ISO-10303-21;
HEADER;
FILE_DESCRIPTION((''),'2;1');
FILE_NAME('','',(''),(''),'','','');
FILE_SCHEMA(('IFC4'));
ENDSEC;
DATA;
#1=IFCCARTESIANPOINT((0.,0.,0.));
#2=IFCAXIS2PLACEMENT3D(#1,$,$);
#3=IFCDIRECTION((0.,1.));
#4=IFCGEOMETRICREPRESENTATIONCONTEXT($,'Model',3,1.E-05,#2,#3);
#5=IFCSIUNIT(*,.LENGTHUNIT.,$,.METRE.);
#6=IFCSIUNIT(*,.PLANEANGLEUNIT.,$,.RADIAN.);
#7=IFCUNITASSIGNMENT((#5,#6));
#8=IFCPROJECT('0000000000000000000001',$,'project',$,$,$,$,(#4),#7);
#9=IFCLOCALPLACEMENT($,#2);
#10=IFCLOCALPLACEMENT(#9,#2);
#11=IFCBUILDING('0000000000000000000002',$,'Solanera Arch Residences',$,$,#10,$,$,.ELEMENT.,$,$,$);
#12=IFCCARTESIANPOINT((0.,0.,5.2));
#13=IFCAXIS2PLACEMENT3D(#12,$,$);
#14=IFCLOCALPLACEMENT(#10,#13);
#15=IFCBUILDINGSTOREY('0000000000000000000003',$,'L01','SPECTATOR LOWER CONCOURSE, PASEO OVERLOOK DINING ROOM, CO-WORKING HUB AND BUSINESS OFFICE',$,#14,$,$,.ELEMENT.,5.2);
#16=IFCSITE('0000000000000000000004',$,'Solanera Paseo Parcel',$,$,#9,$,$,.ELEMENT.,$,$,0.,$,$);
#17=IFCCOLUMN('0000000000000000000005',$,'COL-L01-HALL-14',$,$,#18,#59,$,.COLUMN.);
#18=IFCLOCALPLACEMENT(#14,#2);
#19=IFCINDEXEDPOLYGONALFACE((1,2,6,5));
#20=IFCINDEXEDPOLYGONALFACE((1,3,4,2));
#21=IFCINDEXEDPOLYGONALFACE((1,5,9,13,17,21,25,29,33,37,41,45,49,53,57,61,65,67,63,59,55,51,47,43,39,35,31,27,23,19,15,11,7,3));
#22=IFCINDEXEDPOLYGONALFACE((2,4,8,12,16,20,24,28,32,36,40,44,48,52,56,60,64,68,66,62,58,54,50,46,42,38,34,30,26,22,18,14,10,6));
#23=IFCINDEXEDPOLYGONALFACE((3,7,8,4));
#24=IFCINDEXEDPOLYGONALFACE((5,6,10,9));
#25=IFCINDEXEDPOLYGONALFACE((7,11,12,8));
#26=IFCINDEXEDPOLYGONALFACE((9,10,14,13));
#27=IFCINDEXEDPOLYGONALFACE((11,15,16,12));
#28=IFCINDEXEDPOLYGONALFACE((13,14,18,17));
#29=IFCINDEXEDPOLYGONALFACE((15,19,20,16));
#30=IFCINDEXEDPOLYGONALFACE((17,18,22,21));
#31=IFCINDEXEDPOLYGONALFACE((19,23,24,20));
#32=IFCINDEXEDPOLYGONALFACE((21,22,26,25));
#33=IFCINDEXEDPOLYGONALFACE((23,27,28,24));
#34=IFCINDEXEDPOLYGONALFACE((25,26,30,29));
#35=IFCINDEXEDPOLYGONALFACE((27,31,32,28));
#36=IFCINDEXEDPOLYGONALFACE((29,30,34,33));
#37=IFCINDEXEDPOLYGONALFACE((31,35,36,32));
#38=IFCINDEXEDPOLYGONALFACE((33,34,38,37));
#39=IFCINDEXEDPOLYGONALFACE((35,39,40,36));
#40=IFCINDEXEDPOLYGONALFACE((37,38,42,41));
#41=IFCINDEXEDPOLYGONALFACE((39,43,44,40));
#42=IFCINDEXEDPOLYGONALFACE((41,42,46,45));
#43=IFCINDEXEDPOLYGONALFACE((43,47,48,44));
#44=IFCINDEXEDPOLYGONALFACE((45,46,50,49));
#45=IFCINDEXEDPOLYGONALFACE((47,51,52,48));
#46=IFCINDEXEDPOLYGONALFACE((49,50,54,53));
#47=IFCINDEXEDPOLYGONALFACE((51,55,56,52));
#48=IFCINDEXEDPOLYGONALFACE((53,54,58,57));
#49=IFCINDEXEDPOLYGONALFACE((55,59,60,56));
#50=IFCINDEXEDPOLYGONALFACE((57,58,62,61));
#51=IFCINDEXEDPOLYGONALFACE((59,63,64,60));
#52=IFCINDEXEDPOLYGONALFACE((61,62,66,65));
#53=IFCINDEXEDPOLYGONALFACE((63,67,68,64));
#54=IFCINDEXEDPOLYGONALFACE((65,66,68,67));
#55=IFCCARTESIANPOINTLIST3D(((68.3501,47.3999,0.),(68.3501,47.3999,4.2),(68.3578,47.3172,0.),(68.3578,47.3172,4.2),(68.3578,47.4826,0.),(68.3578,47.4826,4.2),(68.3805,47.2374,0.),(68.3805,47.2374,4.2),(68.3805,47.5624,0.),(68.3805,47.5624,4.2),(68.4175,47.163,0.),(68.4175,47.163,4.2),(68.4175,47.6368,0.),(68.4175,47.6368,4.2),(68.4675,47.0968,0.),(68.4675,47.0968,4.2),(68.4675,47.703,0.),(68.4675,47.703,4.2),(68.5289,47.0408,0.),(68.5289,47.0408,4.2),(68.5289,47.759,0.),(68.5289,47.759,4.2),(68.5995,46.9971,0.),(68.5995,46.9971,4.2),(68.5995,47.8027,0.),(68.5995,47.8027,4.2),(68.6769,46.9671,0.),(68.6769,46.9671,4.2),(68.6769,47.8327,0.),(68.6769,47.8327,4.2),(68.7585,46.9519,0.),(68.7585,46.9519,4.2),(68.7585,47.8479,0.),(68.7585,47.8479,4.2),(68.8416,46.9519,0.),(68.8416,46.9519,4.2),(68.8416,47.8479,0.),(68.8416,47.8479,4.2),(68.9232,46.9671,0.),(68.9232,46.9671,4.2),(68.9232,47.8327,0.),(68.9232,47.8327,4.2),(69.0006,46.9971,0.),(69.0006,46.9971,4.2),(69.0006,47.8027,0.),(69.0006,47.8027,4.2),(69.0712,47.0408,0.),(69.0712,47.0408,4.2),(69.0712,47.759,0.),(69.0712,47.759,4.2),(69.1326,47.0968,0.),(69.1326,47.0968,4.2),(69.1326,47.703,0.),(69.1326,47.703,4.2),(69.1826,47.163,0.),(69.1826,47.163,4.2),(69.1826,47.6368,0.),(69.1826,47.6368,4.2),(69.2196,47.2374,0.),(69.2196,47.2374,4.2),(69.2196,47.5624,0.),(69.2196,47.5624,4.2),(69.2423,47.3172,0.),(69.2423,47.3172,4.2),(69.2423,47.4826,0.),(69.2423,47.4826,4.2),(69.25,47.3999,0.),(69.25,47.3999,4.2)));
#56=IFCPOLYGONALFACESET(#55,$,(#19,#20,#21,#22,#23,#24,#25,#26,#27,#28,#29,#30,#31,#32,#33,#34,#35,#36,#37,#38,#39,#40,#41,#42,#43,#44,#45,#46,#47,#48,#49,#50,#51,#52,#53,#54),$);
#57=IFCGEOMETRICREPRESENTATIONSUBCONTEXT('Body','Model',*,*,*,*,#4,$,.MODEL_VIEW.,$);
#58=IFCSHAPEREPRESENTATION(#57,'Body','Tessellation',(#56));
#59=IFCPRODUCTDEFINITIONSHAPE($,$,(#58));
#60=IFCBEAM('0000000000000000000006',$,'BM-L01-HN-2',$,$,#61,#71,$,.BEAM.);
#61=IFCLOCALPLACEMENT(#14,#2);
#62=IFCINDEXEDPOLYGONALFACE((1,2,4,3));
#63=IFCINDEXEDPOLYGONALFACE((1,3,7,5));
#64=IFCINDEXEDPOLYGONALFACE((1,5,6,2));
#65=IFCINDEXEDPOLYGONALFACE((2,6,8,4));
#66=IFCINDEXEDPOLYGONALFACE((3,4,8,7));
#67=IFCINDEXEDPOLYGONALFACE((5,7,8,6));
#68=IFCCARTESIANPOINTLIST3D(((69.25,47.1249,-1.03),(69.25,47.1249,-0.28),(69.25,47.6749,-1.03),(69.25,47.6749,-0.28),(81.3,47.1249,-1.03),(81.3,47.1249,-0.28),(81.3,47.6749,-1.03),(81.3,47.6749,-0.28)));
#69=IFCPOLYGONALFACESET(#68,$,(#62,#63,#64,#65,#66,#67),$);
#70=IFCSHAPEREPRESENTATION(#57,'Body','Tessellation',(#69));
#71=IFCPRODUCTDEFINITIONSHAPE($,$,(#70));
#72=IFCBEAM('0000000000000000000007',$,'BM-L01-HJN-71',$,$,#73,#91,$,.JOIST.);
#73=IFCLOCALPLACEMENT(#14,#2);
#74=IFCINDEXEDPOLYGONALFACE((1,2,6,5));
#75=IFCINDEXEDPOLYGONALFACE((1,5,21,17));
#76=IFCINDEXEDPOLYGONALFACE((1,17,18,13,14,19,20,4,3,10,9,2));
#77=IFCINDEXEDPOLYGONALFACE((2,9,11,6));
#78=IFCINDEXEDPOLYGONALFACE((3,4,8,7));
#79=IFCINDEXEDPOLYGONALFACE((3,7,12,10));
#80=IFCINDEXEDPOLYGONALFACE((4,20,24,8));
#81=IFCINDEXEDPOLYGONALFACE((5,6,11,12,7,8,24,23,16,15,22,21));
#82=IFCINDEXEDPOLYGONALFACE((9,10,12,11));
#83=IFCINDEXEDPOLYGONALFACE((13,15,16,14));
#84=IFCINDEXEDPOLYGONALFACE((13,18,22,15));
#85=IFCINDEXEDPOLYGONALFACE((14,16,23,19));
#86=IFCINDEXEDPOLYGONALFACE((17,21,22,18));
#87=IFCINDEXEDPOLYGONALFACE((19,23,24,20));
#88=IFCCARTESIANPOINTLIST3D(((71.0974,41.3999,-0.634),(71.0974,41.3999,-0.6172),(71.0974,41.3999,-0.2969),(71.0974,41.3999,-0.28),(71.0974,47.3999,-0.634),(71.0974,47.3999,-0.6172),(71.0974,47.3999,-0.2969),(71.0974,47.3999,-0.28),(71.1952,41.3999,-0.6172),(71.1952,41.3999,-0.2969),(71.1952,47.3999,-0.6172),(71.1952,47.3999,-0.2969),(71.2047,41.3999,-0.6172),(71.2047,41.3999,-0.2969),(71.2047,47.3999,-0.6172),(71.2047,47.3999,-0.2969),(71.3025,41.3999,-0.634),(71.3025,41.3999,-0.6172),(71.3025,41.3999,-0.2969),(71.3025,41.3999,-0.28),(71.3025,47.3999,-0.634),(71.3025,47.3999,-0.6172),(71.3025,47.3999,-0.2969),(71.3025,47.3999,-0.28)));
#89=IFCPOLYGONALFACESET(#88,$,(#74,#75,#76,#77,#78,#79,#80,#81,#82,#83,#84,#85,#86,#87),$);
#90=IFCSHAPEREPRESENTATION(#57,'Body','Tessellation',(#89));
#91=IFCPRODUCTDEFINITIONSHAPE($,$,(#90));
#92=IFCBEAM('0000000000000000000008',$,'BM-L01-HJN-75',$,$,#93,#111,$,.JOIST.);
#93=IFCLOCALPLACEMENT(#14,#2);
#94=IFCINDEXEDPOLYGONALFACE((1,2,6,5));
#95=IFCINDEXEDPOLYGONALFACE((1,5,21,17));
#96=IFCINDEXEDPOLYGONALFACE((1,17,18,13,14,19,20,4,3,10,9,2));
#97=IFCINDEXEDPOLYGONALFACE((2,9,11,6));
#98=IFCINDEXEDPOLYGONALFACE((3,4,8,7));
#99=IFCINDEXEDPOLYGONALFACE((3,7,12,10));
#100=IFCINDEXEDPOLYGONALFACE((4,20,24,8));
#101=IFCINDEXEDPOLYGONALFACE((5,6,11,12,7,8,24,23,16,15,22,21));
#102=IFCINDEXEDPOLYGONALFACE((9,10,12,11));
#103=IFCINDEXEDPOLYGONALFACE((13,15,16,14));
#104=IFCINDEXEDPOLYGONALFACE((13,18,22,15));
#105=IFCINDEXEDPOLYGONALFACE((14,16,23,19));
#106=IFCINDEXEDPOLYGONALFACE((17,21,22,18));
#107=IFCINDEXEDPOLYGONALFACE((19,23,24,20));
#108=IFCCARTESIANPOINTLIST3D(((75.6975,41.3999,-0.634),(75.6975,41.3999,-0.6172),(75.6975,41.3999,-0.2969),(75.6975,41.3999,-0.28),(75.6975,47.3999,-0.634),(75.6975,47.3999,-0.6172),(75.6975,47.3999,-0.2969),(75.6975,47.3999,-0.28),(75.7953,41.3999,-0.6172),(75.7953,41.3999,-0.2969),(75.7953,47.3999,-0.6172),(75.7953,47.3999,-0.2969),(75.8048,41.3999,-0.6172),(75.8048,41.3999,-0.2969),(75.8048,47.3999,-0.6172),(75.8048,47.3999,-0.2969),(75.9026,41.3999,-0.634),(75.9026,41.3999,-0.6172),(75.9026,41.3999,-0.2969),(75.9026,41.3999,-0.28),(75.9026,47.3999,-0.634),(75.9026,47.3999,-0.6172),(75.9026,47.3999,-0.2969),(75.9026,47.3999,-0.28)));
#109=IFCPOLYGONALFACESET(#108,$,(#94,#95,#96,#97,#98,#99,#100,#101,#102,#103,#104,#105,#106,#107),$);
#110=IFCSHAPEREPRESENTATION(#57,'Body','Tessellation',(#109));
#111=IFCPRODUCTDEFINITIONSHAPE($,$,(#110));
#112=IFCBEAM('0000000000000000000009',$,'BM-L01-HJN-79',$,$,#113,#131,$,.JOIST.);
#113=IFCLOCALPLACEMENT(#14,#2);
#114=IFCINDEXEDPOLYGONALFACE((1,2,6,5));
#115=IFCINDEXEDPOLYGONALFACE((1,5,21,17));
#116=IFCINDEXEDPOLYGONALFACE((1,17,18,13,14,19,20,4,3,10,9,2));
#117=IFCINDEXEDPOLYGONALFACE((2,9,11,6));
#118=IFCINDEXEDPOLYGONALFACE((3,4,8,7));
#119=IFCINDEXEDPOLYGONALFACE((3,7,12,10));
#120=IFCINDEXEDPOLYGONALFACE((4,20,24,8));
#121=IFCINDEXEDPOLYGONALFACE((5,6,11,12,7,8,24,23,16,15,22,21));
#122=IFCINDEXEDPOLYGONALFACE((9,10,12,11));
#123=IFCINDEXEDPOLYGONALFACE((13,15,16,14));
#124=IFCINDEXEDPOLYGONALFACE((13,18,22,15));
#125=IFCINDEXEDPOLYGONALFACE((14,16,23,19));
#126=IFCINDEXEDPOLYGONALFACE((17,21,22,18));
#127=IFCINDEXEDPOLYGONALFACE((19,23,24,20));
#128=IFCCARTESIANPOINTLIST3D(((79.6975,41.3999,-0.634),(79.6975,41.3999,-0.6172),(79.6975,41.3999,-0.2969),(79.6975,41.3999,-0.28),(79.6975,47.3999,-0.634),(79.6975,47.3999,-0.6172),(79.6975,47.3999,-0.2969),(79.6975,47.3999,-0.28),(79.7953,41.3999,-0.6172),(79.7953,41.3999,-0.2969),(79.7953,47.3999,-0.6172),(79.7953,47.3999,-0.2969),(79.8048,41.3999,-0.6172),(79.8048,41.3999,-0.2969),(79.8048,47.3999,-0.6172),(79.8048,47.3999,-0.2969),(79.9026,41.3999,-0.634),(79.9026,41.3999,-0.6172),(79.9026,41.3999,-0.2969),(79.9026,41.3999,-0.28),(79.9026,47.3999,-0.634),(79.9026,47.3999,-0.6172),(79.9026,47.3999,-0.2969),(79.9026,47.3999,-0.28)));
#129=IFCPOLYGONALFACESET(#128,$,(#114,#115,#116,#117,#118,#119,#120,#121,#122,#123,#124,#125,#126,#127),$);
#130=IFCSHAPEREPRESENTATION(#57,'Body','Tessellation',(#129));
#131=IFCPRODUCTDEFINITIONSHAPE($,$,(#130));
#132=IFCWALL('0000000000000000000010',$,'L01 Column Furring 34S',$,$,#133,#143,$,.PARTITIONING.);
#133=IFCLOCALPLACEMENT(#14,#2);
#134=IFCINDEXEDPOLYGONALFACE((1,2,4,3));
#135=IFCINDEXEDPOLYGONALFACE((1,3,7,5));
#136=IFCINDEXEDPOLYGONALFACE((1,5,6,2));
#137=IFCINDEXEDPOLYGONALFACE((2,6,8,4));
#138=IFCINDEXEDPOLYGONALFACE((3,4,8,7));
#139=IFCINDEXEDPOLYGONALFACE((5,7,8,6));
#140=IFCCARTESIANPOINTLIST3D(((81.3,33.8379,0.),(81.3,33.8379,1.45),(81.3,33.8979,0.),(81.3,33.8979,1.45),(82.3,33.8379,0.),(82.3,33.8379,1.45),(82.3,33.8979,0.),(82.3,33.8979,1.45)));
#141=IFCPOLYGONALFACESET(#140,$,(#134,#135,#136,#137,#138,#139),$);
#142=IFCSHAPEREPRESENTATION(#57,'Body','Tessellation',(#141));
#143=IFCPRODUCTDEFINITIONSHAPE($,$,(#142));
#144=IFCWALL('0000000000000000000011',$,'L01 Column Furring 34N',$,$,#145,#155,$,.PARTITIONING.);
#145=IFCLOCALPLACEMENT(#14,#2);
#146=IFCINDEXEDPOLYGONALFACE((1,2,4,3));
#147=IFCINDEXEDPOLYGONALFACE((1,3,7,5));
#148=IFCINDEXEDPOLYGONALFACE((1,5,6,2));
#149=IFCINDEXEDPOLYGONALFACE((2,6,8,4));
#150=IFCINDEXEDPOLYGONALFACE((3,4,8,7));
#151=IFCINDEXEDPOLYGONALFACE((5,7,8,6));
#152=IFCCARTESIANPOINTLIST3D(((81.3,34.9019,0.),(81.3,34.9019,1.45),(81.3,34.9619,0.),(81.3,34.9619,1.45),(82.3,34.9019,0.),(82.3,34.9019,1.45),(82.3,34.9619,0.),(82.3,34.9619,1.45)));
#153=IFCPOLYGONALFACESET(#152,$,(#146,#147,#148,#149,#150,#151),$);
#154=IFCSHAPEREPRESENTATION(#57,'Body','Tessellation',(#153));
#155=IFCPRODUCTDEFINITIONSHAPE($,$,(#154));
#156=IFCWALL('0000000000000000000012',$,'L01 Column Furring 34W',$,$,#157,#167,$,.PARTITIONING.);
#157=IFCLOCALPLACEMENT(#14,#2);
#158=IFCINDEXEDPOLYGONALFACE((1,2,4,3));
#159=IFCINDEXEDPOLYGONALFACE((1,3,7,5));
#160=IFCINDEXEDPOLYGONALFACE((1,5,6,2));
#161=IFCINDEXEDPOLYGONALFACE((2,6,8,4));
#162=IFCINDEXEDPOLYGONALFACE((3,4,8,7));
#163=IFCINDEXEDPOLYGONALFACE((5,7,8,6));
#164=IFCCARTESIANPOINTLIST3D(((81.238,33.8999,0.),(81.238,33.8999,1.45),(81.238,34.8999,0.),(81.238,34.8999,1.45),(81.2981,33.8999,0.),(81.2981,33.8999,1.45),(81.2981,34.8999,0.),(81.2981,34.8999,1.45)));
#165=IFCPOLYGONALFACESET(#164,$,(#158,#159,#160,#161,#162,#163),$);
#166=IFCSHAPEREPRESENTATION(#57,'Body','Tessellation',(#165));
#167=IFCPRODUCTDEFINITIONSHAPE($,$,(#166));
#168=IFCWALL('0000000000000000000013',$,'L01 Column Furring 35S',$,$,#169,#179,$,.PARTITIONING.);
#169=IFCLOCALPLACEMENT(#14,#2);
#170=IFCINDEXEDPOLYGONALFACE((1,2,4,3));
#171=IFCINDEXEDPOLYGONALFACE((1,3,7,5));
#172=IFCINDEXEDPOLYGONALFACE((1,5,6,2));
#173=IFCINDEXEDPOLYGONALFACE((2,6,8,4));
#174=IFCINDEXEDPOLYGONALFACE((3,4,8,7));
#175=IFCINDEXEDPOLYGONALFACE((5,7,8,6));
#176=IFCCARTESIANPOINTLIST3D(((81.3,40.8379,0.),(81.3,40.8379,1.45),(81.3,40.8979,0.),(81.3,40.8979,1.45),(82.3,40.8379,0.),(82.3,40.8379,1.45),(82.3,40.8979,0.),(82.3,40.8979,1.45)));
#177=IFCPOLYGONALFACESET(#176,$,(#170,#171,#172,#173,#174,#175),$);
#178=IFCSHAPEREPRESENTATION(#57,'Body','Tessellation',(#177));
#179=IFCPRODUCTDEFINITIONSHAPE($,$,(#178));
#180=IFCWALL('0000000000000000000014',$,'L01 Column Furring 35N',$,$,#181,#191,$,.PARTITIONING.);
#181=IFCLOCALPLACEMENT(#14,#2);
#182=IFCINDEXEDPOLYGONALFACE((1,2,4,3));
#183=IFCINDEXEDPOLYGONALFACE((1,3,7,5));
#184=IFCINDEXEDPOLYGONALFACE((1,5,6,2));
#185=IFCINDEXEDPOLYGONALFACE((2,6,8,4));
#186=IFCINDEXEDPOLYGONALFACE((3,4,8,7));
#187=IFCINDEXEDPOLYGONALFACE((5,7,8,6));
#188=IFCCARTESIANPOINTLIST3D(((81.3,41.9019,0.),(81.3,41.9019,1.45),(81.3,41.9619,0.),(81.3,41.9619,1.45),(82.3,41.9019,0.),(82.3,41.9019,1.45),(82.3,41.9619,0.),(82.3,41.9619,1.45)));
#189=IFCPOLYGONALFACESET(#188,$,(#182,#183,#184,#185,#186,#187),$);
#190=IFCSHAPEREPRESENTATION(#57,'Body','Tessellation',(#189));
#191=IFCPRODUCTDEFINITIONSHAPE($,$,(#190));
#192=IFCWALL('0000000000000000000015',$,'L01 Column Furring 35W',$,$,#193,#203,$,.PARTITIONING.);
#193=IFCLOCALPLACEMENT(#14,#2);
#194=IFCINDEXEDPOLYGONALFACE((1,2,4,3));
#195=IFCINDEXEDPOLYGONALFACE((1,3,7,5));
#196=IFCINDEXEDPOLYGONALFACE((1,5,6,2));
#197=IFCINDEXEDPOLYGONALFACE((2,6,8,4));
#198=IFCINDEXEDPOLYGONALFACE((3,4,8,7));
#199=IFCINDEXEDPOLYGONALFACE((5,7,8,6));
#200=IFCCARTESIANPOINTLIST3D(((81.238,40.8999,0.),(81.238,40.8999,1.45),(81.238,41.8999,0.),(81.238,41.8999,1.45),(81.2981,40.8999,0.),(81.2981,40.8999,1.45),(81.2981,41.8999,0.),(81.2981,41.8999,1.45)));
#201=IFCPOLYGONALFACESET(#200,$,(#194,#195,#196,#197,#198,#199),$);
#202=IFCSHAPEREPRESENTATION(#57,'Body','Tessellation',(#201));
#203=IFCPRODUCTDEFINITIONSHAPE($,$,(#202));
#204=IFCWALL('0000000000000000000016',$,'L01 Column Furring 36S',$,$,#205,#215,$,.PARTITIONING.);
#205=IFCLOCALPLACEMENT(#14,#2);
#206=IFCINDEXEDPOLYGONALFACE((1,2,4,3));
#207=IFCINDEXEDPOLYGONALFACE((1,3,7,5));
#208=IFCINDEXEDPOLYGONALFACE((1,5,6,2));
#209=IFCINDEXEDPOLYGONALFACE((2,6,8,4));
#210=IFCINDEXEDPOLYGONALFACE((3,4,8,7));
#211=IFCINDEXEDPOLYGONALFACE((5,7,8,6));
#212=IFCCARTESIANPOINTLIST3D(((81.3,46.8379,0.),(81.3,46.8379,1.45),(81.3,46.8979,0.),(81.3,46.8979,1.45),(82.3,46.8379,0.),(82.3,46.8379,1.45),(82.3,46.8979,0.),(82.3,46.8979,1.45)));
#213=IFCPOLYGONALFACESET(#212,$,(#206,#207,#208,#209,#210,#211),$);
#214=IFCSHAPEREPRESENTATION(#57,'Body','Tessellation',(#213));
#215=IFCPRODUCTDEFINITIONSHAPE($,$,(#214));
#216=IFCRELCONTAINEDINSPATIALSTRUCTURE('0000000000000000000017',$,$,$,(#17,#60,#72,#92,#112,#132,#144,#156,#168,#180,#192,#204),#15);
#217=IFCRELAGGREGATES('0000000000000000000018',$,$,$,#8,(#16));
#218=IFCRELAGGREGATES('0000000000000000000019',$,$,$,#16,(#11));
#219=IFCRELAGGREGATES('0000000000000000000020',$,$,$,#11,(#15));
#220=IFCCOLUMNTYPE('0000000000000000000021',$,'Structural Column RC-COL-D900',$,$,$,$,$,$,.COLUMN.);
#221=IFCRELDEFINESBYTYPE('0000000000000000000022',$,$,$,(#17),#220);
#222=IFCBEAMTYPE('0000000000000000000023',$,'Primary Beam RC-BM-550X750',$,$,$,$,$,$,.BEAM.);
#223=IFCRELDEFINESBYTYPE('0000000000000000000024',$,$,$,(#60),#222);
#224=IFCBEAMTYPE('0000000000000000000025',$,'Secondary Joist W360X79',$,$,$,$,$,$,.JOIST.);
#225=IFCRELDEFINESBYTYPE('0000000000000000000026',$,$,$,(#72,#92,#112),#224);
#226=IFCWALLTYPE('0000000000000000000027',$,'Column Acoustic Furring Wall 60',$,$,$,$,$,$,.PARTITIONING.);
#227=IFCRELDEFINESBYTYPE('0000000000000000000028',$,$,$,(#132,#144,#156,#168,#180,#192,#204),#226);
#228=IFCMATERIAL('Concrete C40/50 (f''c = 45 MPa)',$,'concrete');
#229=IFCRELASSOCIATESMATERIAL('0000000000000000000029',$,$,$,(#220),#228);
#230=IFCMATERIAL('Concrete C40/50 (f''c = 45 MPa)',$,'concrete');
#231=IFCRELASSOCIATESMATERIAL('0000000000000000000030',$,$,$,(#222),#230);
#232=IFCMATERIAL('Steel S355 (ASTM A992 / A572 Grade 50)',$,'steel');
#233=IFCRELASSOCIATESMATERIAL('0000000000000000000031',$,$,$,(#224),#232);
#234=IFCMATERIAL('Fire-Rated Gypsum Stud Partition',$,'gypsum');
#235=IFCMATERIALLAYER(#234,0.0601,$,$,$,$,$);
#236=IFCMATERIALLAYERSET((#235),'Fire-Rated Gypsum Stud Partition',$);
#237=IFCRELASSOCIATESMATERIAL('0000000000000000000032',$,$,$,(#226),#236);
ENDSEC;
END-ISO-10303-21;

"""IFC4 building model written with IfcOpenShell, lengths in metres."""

from ifc_helpers import new_model, si_unit, direction, frame, frame_2d, origin, origin_2d, place, context, subcontext, project, spatial, rectangle, circle, i_section, extrude, material, layer, layer_set, material_profile, profile_set, type_object, element, save


model = new_model("IFC4")

# Units and contexts
model_context = context("Model", 3, precision=1e-05, world=origin(), true_north=direction((0.0, 1.0)))
body_context = subcontext(model_context, "Body", "Model", "MODEL_VIEW")
ifc_project = project(units=[si_unit("LENGTHUNIT", "METRE"), si_unit("PLANEANGLEUNIT", "RADIAN")], contexts=[model_context])

# Site, building, storey
site_placement = place(None, origin())
site = spatial("IfcSite", under=ifc_project, at=site_placement, Name="Solanera Paseo Parcel", CompositionType="ELEMENT", RefElevation=0.0)
building_placement = place(site_placement, origin())
building = spatial("IfcBuilding", under=site, at=building_placement, Name="Solanera Arch Residences", CompositionType="ELEMENT")
storey_placement = place(building_placement, frame((0.0, 0.0, 5.2)))
storey = spatial("IfcBuildingStorey", under=building, at=storey_placement, Name="L01", Description="SPECTATOR LOWER CONCOURSE, PASEO OVERLOOK DINING ROOM, CO-WORKING HUB AND BUSINESS OFFICE", CompositionType="ELEMENT", Elevation=5.2)

# Column
ifc_material_1 = material(Name="Concrete C40/50 (f'c = 45 MPa)", Category="concrete")
ifc_material_profile_1 = material_profile(ifc_material_1, circle(Radius=0.45, at=origin_2d()))
ifc_profile_set_1 = profile_set([ifc_material_profile_1], Name="Concrete C40/50 (f'c = 45 MPa)")
column_type = type_object("IfcColumnType", Name="Structural Column RC-COL-D900", PredefinedType="COLUMN", material=ifc_profile_set_1)
column_placement = place(storey_placement, frame((68.8, 47.3999, 0.0), z_axis=(0.0, 0.0, 1.0), x_axis=(1.0, 0.0, 0.0)))
element("IfcColumn", 1, at=column_placement, inside=storey, type_object=column_type, Name="COL-L01-HALL-14", PredefinedType="COLUMN", context=body_context, shape_type="SweptSolid", body=[
    extrude(circle(Radius=0.45, at=origin_2d()), origin(), (0.0, 0.0, 1.0), 4.2),
])

# Beams
ifc_material_2 = material(Name="Concrete C40/50 (f'c = 45 MPa)", Category="concrete")
ifc_material_profile_2 = material_profile(ifc_material_2, rectangle(XDim=0.55, YDim=0.75, at=origin_2d()))
ifc_profile_set_2 = profile_set([ifc_material_profile_2], Name="Concrete C40/50 (f'c = 45 MPa)")
beam_type_1 = type_object("IfcBeamType", Name="Primary Beam RC-BM-550X750", PredefinedType="BEAM", material=ifc_profile_set_2)
beam_placement = place(storey_placement, frame((69.25, 47.3999, -0.655), z_axis=(1.0, 0.0, 0.0), x_axis=(0.0, 1.0, 0.0)))
element("IfcBeam", 2, at=beam_placement, inside=storey, type_object=beam_type_1, Name="BM-L01-HN-2", PredefinedType="BEAM", context=body_context, shape_type="SweptSolid", body=[
    extrude(rectangle(XDim=0.55, YDim=0.75, at=origin_2d()), origin(), (0.0, 0.0, 1.0), 12.05),
])
ifc_material_3 = material(Name="Steel S355 (ASTM A992 / A572 Grade 50)", Category="steel")
ifc_material_profile_3 = material_profile(ifc_material_3, i_section(OverallWidth=0.2051, OverallDepth=0.354, WebThickness=0.0095, FlangeThickness=0.0168, at=origin_2d()))
ifc_profile_set_3 = profile_set([ifc_material_profile_3], Name="Steel S355 (ASTM A992 / A572 Grade 50)")
beam_type_2 = type_object("IfcBeamType", Name="Secondary Joist W360X79", PredefinedType="JOIST", material=ifc_profile_set_3)
for number, where, z_axis, x_axis, name in (
    (3, (71.2, 41.3999, -0.457), (0.0, 1.0, 0.0), (-1.0, 0.0, 0.0), "BM-L01-HJN-71"),
    (4, (75.8, 41.3999, -0.457), (0.0, 1.0, 0.0), (-1.0, 0.0, 0.0), "BM-L01-HJN-75"),
    (5, (79.8, 41.3999, -0.457), (0.0, 1.0, 0.0), (-1.0, 0.0, 0.0), "BM-L01-HJN-79"),
):
    element("IfcBeam", number, at=place(storey_placement, frame(where, z_axis=z_axis, x_axis=x_axis)), inside=storey, type_object=beam_type_2, Name=name, PredefinedType="JOIST", context=body_context, shape_type="SweptSolid", body=[
        extrude(i_section(OverallWidth=0.2051, OverallDepth=0.354, WebThickness=0.0095, FlangeThickness=0.0168, at=origin_2d()), origin(), (0.0, 0.0, 1.0), 6.0),
    ])

# Walls
ifc_material_4 = material(Name="Fire-Rated Gypsum Stud Partition", Category="gypsum")
ifc_layer_1 = layer(ifc_material_4, 0.0601)
ifc_layer_set_1 = layer_set([ifc_layer_1], Name="Fire-Rated Gypsum Stud Partition")
wall_type_1 = type_object("IfcWallType", Name="Column Acoustic Furring Wall 60", PredefinedType="PARTITIONING", material=ifc_layer_set_1)
for number, where, z_axis, x_axis, name in (
    (6, (81.3, 33.8679, 0.0), (0.0, 0.0, 1.0), (1.0, 0.0, 0.0), "L01 Column Furring 34S"),
    (7, (81.3, 34.9319, 0.0), (0.0, 0.0, 1.0), (1.0, 0.0, 0.0), "L01 Column Furring 34N"),
    (8, (81.2681, 33.8999, 0.0), (0.0, 0.0, 1.0), (0.0, 1.0, 0.0), "L01 Column Furring 34W"),
    (9, (81.3, 40.8679, 0.0), (0.0, 0.0, 1.0), (1.0, 0.0, 0.0), "L01 Column Furring 35S"),
    (10, (81.3, 41.9319, 0.0), (0.0, 0.0, 1.0), (1.0, 0.0, 0.0), "L01 Column Furring 35N"),
    (11, (81.2681, 40.8999, 0.0), (0.0, 0.0, 1.0), (0.0, 1.0, 0.0), "L01 Column Furring 35W"),
    (12, (81.3, 46.8679, 0.0), (0.0, 0.0, 1.0), (1.0, 0.0, 0.0), "L01 Column Furring 36S"),
):
    element("IfcWall", number, at=place(storey_placement, frame(where, z_axis=z_axis, x_axis=x_axis)), inside=storey, type_object=wall_type_1, Name=name, PredefinedType="PARTITIONING", context=body_context, shape_type="SweptSolid", body=[
        extrude(rectangle(XDim=1.0, YDim=0.0601, at=frame_2d((0.5, 0.0))), origin(), (0.0, 0.0, 1.0), 1.45),
    ])

save(model, "model.ifc")
